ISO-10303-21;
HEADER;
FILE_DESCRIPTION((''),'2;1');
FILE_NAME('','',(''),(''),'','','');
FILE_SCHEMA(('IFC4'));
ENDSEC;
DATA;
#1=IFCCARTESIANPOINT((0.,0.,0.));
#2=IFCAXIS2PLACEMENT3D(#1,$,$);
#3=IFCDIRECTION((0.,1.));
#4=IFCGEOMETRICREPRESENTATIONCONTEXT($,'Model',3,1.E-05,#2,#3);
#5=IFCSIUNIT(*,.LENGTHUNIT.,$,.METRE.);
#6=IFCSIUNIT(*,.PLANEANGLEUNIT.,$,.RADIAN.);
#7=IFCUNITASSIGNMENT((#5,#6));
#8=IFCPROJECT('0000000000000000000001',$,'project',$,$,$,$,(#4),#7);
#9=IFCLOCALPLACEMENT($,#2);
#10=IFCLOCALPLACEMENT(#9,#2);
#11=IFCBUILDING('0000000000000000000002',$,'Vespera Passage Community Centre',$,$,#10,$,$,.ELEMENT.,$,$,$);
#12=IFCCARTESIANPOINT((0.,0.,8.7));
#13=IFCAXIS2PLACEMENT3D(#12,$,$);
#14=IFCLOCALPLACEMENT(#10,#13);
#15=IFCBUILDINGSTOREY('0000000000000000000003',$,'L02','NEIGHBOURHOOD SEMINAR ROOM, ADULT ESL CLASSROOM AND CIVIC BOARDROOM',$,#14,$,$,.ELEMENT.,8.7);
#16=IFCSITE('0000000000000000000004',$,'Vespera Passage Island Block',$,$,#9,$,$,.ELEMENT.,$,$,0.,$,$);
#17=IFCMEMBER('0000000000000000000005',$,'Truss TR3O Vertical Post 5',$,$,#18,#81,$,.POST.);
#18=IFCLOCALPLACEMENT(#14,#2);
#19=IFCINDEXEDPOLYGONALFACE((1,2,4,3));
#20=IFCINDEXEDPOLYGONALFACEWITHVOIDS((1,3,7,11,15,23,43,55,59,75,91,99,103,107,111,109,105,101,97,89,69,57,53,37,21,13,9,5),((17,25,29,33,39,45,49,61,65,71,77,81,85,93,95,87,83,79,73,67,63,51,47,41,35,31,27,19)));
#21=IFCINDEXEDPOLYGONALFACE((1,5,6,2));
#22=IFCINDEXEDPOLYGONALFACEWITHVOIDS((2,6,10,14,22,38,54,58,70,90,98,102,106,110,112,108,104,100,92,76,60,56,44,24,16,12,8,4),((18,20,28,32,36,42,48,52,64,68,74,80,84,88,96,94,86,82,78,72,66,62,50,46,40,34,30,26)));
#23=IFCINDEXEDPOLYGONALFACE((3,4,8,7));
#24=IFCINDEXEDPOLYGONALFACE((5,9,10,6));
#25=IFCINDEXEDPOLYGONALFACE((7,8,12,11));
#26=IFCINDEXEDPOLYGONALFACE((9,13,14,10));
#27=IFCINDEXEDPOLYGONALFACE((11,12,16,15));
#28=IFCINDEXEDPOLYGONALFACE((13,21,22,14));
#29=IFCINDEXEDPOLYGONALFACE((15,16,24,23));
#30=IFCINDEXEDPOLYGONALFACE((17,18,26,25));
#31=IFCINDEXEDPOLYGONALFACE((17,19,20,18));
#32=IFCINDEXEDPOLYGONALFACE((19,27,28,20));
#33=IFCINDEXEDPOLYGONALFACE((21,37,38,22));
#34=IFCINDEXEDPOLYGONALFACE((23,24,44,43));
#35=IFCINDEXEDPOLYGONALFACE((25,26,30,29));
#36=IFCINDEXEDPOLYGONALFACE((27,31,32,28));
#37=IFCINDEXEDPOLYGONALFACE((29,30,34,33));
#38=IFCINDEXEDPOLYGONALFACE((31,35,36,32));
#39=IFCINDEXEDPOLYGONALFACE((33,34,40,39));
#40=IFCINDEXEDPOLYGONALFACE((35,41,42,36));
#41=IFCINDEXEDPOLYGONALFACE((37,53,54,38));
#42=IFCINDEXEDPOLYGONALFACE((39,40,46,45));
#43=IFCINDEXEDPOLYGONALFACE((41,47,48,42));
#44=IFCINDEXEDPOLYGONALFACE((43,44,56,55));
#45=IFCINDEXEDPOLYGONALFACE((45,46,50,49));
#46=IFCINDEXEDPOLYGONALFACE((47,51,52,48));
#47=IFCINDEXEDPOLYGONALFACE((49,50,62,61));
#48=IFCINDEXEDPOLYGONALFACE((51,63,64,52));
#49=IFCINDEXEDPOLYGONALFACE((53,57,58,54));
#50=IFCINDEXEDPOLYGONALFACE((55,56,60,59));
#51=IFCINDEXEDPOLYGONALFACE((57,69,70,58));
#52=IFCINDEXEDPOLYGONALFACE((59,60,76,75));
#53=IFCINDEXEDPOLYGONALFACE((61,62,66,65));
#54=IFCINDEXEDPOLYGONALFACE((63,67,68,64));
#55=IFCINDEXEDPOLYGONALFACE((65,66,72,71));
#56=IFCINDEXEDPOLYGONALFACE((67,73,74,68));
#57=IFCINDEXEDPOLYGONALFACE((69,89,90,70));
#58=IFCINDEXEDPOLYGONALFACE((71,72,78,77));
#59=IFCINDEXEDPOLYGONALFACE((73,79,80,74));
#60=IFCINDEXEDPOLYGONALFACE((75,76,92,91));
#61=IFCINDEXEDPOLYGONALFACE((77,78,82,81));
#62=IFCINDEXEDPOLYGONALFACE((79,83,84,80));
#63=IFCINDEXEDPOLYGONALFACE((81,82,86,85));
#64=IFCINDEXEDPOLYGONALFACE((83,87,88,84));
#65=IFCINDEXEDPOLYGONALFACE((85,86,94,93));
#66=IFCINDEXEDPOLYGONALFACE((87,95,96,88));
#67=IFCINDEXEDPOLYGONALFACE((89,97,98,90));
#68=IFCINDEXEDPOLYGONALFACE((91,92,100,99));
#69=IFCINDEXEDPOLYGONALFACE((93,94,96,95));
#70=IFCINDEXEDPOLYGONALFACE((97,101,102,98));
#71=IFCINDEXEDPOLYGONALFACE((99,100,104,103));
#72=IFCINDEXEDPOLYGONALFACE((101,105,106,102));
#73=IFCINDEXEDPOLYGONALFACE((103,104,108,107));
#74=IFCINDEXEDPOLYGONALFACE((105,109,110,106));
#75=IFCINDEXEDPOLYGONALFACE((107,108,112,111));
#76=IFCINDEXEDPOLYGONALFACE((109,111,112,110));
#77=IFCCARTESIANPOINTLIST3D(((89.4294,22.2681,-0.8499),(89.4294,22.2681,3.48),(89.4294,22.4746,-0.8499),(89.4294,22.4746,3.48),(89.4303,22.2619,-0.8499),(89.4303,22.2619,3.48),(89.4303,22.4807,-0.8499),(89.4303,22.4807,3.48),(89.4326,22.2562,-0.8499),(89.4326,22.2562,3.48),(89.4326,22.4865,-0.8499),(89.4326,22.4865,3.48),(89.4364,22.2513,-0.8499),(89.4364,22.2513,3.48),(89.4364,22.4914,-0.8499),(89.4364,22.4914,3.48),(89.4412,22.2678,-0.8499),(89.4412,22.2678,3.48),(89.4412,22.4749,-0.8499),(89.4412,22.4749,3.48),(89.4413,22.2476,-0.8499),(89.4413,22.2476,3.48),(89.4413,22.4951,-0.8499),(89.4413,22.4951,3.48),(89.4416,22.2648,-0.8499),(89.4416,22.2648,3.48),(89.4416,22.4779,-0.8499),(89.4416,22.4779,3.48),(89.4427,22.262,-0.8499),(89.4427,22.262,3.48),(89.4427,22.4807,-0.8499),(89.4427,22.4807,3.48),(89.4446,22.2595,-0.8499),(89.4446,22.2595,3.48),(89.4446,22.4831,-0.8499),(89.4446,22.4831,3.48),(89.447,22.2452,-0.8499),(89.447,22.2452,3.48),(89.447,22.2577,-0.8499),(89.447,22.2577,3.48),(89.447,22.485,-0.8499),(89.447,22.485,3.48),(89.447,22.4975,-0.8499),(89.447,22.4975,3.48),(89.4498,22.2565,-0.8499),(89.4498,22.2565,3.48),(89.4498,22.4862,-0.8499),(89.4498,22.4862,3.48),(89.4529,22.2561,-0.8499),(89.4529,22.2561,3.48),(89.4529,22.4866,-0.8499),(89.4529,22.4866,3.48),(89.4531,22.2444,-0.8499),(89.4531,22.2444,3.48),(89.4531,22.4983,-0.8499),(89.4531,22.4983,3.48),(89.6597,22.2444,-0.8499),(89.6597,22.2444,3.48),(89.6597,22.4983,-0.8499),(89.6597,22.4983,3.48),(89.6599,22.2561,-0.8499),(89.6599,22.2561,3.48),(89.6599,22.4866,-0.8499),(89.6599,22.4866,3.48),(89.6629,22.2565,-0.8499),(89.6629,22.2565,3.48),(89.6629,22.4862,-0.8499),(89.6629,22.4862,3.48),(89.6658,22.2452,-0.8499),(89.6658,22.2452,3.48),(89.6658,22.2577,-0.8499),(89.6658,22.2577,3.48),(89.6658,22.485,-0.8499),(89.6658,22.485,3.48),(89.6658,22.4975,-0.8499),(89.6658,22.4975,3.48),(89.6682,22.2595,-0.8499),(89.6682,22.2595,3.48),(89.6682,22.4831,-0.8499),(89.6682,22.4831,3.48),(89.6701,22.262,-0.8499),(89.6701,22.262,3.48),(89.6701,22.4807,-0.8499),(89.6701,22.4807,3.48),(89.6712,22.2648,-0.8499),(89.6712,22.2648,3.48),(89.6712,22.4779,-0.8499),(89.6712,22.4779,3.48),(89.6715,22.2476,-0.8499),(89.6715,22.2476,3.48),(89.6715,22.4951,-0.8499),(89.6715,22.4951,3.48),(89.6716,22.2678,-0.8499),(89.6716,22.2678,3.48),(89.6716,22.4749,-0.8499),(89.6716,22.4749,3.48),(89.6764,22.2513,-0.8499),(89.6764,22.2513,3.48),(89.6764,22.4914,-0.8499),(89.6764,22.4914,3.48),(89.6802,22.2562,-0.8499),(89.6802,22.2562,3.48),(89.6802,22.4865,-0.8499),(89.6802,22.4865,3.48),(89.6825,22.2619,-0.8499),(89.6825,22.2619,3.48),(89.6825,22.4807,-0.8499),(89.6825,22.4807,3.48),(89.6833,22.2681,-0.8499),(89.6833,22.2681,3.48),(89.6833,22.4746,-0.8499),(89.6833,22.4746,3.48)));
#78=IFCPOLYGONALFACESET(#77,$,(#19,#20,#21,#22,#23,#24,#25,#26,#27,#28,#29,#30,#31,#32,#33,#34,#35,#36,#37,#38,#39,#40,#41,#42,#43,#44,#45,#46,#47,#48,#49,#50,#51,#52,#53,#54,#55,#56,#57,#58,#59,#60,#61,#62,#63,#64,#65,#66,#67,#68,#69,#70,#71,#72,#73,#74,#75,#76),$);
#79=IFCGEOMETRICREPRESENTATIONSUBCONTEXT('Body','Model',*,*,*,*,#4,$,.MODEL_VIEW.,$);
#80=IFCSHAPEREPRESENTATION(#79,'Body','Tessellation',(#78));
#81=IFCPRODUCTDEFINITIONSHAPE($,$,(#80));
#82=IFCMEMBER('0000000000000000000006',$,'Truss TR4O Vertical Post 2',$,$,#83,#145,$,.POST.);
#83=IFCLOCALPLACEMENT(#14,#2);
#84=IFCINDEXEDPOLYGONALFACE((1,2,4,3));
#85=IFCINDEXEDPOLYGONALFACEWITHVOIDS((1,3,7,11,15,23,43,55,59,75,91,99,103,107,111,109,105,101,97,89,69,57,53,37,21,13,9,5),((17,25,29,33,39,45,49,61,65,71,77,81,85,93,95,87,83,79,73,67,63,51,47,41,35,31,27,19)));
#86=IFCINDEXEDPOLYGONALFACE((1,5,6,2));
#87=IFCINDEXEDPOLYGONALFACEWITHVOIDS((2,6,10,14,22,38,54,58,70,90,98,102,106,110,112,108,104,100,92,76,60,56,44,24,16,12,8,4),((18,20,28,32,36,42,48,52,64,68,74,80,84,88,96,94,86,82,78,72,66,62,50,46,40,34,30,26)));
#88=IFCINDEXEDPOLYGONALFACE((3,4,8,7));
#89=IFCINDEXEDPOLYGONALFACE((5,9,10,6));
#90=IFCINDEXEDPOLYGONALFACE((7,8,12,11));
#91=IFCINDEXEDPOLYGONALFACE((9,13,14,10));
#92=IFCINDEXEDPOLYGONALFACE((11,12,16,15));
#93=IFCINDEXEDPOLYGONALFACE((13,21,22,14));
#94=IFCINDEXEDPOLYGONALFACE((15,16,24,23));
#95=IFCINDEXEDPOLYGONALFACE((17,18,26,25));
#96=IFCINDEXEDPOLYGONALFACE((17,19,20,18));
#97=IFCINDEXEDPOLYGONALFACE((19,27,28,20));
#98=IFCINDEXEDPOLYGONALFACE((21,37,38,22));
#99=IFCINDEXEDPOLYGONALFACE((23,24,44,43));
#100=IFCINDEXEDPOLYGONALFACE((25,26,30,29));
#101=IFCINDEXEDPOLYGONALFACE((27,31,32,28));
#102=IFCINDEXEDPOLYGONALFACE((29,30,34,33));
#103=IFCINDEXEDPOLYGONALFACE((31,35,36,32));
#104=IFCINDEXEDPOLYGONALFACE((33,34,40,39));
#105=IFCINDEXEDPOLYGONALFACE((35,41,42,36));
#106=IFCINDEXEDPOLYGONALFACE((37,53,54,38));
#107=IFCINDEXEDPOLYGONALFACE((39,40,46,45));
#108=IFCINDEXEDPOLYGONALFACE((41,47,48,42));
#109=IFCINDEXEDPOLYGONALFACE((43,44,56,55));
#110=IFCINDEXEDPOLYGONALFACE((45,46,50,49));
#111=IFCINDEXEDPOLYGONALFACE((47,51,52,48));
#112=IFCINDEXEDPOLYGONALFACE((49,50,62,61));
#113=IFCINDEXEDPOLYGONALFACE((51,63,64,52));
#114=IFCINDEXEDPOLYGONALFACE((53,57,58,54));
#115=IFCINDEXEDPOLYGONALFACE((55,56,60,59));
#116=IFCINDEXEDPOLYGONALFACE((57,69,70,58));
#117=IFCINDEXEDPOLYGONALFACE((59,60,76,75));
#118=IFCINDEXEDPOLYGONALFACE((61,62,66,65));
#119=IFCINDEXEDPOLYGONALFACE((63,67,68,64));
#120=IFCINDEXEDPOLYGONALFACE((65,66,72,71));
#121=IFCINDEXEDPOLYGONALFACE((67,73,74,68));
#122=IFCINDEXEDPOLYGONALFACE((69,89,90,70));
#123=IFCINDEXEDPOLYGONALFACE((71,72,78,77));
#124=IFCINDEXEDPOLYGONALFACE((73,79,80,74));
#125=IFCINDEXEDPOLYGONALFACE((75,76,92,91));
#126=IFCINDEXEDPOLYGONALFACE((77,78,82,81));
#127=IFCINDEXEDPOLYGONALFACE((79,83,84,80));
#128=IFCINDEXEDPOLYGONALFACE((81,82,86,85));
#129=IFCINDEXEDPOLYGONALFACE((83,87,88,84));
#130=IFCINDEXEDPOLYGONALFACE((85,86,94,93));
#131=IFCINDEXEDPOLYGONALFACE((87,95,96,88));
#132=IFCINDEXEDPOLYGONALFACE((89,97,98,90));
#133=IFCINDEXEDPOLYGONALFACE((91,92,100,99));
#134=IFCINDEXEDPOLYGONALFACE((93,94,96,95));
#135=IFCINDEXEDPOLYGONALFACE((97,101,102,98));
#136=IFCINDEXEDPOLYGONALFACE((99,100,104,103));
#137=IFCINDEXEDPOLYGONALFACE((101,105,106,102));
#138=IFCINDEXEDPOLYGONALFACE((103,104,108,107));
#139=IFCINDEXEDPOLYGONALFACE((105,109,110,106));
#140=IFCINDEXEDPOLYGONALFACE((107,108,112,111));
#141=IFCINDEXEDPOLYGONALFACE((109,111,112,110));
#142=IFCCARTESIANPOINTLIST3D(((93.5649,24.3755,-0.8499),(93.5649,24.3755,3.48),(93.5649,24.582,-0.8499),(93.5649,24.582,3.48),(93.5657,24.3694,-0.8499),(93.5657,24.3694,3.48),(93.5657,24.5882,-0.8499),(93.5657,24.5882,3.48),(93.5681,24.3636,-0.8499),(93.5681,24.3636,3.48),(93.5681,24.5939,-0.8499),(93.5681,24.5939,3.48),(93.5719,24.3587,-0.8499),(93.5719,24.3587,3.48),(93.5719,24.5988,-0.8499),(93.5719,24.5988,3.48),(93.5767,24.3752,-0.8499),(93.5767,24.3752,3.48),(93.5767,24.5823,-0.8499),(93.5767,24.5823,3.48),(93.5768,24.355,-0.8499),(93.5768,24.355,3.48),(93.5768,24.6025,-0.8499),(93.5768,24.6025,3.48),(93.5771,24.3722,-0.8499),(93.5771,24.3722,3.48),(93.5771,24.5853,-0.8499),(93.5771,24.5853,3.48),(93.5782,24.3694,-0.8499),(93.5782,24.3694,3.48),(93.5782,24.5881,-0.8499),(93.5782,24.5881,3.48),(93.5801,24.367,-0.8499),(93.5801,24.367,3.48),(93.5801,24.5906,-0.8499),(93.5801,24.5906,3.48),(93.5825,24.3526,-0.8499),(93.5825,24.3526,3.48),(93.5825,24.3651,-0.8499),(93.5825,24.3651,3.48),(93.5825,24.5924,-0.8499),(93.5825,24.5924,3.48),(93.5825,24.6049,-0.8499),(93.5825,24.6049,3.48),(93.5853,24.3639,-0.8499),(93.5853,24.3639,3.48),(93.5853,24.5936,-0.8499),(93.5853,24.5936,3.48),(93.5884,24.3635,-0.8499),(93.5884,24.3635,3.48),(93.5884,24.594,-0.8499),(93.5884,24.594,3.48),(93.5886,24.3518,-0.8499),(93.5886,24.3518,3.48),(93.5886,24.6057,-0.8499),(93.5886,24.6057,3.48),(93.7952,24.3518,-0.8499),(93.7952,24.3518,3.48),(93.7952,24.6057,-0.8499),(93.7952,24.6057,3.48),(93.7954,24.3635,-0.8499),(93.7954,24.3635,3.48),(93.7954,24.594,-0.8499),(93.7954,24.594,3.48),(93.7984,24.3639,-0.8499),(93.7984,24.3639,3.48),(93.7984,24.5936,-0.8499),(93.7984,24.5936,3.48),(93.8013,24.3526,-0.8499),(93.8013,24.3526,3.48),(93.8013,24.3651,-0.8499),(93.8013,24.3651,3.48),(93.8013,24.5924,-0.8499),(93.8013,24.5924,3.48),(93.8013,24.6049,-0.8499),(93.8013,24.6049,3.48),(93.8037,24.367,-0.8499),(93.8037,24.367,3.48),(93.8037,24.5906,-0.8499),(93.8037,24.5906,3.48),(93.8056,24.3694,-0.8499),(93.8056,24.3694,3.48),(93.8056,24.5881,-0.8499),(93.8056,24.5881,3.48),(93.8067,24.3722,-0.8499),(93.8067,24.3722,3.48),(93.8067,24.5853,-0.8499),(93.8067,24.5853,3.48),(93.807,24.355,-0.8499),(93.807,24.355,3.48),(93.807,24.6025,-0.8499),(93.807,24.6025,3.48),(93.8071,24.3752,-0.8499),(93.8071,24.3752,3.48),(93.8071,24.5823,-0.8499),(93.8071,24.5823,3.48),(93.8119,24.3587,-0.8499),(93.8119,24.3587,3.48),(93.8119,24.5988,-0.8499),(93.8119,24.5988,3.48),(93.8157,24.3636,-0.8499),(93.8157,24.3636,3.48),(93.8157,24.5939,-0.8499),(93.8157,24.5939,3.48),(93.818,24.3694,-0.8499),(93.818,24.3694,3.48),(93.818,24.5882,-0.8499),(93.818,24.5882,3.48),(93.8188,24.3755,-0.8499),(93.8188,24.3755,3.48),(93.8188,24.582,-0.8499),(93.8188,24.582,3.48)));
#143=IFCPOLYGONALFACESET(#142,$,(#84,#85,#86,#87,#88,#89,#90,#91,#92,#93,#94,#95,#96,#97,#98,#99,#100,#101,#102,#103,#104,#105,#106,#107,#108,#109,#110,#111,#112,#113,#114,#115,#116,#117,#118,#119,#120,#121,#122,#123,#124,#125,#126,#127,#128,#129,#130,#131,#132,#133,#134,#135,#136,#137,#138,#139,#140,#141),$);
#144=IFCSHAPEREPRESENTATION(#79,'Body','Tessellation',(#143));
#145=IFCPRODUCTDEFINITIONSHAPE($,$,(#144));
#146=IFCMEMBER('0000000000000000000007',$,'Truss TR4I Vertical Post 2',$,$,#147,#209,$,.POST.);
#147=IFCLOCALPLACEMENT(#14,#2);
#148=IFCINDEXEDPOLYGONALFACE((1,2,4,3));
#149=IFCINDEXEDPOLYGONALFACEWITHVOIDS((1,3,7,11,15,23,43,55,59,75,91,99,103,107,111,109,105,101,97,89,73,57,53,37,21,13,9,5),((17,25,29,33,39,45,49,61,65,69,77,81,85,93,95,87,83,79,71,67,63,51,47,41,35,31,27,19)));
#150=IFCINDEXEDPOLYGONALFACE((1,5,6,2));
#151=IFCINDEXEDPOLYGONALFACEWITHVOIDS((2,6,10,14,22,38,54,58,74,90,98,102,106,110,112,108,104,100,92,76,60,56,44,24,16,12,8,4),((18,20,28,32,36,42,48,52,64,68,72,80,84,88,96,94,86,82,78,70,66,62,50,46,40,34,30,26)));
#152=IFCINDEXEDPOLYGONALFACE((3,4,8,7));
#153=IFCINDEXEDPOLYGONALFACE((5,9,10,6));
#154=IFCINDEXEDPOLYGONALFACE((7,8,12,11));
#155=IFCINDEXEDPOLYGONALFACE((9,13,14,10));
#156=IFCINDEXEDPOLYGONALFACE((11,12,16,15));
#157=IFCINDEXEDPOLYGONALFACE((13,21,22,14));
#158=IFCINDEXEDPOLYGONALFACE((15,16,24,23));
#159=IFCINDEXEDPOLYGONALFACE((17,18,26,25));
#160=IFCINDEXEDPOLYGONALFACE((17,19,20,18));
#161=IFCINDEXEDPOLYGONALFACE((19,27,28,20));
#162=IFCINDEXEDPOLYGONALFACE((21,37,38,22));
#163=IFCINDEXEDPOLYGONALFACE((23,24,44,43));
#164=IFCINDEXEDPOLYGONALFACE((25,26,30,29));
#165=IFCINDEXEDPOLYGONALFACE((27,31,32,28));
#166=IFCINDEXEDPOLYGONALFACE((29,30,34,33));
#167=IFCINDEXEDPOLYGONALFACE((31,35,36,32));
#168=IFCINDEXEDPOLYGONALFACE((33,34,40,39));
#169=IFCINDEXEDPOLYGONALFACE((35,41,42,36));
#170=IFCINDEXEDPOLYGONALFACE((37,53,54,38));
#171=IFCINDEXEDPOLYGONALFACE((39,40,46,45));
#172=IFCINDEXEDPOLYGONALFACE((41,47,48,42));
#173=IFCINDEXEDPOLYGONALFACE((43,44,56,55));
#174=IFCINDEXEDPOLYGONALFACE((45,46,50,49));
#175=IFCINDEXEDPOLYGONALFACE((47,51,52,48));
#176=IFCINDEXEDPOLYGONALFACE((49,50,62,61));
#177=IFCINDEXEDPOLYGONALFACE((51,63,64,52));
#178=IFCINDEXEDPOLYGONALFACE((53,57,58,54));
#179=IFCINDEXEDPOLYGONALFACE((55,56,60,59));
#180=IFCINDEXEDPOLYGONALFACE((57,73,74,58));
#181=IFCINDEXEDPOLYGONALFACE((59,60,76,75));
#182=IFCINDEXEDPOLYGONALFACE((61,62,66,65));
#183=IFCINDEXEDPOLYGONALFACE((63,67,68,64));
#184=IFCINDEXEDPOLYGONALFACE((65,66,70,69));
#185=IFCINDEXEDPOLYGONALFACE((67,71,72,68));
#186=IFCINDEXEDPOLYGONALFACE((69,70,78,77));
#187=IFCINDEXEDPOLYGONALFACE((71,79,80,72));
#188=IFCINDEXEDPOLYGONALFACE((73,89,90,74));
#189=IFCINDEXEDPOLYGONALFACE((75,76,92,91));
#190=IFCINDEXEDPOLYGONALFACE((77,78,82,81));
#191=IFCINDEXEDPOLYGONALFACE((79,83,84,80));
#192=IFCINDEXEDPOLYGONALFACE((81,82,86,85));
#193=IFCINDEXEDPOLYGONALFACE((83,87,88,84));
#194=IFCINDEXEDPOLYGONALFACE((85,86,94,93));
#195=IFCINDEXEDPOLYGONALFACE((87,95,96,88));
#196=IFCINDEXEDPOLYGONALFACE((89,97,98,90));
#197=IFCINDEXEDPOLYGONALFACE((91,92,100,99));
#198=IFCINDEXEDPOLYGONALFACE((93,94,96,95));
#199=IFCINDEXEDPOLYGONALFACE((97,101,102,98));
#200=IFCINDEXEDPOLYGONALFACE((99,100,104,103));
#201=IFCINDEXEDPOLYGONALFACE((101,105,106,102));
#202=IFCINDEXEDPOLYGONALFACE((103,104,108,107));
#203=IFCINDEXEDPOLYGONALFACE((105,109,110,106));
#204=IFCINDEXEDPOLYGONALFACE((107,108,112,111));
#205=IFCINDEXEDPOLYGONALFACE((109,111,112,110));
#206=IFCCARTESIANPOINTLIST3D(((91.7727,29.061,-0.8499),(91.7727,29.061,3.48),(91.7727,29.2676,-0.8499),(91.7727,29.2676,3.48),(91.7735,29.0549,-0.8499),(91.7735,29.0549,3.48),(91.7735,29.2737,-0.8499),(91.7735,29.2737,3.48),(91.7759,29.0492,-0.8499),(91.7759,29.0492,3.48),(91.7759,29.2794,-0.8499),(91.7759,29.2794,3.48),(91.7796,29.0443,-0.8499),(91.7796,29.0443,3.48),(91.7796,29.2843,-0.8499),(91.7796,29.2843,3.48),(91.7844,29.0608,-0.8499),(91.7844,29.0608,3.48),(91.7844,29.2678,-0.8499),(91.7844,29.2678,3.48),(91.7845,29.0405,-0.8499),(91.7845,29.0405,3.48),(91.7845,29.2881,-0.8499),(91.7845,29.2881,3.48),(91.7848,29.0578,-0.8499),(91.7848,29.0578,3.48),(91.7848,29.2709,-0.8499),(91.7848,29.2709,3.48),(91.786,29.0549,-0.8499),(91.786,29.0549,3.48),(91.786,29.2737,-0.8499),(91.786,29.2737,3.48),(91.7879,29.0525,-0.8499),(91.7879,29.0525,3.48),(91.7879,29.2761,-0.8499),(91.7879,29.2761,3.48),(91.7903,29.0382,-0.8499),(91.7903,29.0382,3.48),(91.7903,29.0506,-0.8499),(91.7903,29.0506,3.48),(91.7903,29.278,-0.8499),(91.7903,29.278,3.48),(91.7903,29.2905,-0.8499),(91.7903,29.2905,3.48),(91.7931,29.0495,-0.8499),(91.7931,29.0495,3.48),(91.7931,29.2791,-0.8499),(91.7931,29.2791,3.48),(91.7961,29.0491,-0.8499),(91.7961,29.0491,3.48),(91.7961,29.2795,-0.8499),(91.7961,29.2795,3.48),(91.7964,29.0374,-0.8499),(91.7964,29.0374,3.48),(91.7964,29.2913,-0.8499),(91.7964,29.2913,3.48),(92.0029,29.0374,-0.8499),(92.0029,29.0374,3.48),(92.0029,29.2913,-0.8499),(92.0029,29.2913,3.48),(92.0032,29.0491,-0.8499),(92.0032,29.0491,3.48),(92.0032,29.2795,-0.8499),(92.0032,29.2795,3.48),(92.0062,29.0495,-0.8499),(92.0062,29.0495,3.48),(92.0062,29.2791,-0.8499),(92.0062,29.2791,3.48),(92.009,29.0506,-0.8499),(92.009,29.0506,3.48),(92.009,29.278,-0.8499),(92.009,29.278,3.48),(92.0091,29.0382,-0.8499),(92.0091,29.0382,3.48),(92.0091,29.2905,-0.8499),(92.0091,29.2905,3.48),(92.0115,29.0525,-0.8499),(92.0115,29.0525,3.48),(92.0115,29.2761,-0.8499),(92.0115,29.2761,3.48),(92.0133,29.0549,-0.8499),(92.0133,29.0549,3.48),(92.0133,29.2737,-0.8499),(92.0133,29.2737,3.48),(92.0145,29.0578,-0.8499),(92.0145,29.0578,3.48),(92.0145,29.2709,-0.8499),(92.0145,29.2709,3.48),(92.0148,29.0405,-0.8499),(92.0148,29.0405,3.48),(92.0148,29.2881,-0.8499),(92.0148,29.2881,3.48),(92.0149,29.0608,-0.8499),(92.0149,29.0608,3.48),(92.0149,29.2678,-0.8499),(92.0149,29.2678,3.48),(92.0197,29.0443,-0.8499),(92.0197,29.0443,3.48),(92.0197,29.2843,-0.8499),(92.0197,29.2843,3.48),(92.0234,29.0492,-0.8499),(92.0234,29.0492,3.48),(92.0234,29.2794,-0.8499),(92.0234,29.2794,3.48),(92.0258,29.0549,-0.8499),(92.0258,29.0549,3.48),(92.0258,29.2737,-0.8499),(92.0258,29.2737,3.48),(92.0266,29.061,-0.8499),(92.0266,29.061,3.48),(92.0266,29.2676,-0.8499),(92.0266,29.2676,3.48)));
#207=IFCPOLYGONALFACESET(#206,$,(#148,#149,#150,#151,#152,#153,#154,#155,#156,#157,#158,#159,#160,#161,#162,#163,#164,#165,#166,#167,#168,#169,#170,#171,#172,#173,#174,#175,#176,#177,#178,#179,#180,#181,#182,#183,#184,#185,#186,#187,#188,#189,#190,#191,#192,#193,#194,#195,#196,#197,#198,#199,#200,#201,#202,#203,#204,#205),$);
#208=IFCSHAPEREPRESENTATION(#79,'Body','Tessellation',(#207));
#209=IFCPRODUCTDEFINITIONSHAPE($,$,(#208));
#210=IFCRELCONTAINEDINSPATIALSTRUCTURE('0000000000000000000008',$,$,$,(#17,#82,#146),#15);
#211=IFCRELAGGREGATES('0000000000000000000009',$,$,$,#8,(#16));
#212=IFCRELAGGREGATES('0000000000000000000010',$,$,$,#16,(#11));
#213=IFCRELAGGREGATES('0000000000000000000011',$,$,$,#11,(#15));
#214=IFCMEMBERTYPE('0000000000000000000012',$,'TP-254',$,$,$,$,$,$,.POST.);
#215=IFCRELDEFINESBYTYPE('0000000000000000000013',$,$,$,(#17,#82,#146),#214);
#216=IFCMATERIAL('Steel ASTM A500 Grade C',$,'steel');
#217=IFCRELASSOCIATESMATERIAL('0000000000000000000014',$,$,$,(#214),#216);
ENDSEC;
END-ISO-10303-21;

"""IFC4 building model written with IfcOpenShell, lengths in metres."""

from ifc_helpers import new_model, si_unit, direction, frame, origin, origin_2d, place, context, subcontext, project, spatial, hollow_rectangle, extrude, material, material_profile, profile_set, type_object, element, save


model = new_model("IFC4")

# Units and contexts
model_context = context("Model", 3, precision=1e-05, world=origin(), true_north=direction((0.0, 1.0)))
body_context = subcontext(model_context, "Body", "Model", "MODEL_VIEW")
ifc_project = project(units=[si_unit("LENGTHUNIT", "METRE"), si_unit("PLANEANGLEUNIT", "RADIAN")], contexts=[model_context])

# Site, building, storey
site_placement = place(None, origin())
site = spatial("IfcSite", under=ifc_project, at=site_placement, Name="Vespera Passage Island Block", CompositionType="ELEMENT", RefElevation=0.0)
building_placement = place(site_placement, origin())
building = spatial("IfcBuilding", under=site, at=building_placement, Name="Vespera Passage Community Centre", CompositionType="ELEMENT")
storey_placement = place(building_placement, frame((0.0, 0.0, 8.7)))
storey = spatial("IfcBuildingStorey", under=building, at=storey_placement, Name="L02", Description="NEIGHBOURHOOD SEMINAR ROOM, ADULT ESL CLASSROOM AND CIVIC BOARDROOM", CompositionType="ELEMENT", Elevation=8.7)

# Members
ifc_material_1 = material(Name="Steel ASTM A500 Grade C", Category="steel")
ifc_material_profile_1 = material_profile(ifc_material_1, hollow_rectangle(XDim=0.2539, YDim=0.2539, WallThickness=0.0117, InnerFilletRadius=0.0117, OuterFilletRadius=0.0237, at=origin_2d()), Name="HSS254X254X12.7")
ifc_profile_set_1 = profile_set([ifc_material_profile_1], Name="Steel ASTM A500 Grade C")
member_type_1 = type_object("IfcMemberType", Name="TP-254", PredefinedType="POST", material=ifc_profile_set_1)
for number, where, z_axis, x_axis, name in (
    (1, (89.5564, 22.3713, -0.8499), (0.0, 0.0, 1.0), (1.0, 0.0, 0.0), "Truss TR3O Vertical Post 5"),
    (2, (93.6919, 24.4788, -0.8499), (0.0, 0.0, 1.0), (1.0, 0.0, 0.0), "Truss TR4O Vertical Post 2"),
    (3, (91.8997, 29.1643, -0.8499), (0.0, 0.0, 1.0), (1.0, 0.0, 0.0), "Truss TR4I Vertical Post 2"),
):
    element("IfcMember", number, at=place(storey_placement, frame(where, z_axis=z_axis, x_axis=x_axis)), inside=storey, type_object=member_type_1, Name=name, PredefinedType="POST", context=body_context, shape_type="SweptSolid", body=[
        extrude(hollow_rectangle(XDim=0.2539, YDim=0.2539, WallThickness=0.0117, InnerFilletRadius=0.0117, OuterFilletRadius=0.0237, at=origin_2d()), origin(), (0.0, 0.0, 1.0), 4.3298),
    ])

save(model, "model.ifc")
